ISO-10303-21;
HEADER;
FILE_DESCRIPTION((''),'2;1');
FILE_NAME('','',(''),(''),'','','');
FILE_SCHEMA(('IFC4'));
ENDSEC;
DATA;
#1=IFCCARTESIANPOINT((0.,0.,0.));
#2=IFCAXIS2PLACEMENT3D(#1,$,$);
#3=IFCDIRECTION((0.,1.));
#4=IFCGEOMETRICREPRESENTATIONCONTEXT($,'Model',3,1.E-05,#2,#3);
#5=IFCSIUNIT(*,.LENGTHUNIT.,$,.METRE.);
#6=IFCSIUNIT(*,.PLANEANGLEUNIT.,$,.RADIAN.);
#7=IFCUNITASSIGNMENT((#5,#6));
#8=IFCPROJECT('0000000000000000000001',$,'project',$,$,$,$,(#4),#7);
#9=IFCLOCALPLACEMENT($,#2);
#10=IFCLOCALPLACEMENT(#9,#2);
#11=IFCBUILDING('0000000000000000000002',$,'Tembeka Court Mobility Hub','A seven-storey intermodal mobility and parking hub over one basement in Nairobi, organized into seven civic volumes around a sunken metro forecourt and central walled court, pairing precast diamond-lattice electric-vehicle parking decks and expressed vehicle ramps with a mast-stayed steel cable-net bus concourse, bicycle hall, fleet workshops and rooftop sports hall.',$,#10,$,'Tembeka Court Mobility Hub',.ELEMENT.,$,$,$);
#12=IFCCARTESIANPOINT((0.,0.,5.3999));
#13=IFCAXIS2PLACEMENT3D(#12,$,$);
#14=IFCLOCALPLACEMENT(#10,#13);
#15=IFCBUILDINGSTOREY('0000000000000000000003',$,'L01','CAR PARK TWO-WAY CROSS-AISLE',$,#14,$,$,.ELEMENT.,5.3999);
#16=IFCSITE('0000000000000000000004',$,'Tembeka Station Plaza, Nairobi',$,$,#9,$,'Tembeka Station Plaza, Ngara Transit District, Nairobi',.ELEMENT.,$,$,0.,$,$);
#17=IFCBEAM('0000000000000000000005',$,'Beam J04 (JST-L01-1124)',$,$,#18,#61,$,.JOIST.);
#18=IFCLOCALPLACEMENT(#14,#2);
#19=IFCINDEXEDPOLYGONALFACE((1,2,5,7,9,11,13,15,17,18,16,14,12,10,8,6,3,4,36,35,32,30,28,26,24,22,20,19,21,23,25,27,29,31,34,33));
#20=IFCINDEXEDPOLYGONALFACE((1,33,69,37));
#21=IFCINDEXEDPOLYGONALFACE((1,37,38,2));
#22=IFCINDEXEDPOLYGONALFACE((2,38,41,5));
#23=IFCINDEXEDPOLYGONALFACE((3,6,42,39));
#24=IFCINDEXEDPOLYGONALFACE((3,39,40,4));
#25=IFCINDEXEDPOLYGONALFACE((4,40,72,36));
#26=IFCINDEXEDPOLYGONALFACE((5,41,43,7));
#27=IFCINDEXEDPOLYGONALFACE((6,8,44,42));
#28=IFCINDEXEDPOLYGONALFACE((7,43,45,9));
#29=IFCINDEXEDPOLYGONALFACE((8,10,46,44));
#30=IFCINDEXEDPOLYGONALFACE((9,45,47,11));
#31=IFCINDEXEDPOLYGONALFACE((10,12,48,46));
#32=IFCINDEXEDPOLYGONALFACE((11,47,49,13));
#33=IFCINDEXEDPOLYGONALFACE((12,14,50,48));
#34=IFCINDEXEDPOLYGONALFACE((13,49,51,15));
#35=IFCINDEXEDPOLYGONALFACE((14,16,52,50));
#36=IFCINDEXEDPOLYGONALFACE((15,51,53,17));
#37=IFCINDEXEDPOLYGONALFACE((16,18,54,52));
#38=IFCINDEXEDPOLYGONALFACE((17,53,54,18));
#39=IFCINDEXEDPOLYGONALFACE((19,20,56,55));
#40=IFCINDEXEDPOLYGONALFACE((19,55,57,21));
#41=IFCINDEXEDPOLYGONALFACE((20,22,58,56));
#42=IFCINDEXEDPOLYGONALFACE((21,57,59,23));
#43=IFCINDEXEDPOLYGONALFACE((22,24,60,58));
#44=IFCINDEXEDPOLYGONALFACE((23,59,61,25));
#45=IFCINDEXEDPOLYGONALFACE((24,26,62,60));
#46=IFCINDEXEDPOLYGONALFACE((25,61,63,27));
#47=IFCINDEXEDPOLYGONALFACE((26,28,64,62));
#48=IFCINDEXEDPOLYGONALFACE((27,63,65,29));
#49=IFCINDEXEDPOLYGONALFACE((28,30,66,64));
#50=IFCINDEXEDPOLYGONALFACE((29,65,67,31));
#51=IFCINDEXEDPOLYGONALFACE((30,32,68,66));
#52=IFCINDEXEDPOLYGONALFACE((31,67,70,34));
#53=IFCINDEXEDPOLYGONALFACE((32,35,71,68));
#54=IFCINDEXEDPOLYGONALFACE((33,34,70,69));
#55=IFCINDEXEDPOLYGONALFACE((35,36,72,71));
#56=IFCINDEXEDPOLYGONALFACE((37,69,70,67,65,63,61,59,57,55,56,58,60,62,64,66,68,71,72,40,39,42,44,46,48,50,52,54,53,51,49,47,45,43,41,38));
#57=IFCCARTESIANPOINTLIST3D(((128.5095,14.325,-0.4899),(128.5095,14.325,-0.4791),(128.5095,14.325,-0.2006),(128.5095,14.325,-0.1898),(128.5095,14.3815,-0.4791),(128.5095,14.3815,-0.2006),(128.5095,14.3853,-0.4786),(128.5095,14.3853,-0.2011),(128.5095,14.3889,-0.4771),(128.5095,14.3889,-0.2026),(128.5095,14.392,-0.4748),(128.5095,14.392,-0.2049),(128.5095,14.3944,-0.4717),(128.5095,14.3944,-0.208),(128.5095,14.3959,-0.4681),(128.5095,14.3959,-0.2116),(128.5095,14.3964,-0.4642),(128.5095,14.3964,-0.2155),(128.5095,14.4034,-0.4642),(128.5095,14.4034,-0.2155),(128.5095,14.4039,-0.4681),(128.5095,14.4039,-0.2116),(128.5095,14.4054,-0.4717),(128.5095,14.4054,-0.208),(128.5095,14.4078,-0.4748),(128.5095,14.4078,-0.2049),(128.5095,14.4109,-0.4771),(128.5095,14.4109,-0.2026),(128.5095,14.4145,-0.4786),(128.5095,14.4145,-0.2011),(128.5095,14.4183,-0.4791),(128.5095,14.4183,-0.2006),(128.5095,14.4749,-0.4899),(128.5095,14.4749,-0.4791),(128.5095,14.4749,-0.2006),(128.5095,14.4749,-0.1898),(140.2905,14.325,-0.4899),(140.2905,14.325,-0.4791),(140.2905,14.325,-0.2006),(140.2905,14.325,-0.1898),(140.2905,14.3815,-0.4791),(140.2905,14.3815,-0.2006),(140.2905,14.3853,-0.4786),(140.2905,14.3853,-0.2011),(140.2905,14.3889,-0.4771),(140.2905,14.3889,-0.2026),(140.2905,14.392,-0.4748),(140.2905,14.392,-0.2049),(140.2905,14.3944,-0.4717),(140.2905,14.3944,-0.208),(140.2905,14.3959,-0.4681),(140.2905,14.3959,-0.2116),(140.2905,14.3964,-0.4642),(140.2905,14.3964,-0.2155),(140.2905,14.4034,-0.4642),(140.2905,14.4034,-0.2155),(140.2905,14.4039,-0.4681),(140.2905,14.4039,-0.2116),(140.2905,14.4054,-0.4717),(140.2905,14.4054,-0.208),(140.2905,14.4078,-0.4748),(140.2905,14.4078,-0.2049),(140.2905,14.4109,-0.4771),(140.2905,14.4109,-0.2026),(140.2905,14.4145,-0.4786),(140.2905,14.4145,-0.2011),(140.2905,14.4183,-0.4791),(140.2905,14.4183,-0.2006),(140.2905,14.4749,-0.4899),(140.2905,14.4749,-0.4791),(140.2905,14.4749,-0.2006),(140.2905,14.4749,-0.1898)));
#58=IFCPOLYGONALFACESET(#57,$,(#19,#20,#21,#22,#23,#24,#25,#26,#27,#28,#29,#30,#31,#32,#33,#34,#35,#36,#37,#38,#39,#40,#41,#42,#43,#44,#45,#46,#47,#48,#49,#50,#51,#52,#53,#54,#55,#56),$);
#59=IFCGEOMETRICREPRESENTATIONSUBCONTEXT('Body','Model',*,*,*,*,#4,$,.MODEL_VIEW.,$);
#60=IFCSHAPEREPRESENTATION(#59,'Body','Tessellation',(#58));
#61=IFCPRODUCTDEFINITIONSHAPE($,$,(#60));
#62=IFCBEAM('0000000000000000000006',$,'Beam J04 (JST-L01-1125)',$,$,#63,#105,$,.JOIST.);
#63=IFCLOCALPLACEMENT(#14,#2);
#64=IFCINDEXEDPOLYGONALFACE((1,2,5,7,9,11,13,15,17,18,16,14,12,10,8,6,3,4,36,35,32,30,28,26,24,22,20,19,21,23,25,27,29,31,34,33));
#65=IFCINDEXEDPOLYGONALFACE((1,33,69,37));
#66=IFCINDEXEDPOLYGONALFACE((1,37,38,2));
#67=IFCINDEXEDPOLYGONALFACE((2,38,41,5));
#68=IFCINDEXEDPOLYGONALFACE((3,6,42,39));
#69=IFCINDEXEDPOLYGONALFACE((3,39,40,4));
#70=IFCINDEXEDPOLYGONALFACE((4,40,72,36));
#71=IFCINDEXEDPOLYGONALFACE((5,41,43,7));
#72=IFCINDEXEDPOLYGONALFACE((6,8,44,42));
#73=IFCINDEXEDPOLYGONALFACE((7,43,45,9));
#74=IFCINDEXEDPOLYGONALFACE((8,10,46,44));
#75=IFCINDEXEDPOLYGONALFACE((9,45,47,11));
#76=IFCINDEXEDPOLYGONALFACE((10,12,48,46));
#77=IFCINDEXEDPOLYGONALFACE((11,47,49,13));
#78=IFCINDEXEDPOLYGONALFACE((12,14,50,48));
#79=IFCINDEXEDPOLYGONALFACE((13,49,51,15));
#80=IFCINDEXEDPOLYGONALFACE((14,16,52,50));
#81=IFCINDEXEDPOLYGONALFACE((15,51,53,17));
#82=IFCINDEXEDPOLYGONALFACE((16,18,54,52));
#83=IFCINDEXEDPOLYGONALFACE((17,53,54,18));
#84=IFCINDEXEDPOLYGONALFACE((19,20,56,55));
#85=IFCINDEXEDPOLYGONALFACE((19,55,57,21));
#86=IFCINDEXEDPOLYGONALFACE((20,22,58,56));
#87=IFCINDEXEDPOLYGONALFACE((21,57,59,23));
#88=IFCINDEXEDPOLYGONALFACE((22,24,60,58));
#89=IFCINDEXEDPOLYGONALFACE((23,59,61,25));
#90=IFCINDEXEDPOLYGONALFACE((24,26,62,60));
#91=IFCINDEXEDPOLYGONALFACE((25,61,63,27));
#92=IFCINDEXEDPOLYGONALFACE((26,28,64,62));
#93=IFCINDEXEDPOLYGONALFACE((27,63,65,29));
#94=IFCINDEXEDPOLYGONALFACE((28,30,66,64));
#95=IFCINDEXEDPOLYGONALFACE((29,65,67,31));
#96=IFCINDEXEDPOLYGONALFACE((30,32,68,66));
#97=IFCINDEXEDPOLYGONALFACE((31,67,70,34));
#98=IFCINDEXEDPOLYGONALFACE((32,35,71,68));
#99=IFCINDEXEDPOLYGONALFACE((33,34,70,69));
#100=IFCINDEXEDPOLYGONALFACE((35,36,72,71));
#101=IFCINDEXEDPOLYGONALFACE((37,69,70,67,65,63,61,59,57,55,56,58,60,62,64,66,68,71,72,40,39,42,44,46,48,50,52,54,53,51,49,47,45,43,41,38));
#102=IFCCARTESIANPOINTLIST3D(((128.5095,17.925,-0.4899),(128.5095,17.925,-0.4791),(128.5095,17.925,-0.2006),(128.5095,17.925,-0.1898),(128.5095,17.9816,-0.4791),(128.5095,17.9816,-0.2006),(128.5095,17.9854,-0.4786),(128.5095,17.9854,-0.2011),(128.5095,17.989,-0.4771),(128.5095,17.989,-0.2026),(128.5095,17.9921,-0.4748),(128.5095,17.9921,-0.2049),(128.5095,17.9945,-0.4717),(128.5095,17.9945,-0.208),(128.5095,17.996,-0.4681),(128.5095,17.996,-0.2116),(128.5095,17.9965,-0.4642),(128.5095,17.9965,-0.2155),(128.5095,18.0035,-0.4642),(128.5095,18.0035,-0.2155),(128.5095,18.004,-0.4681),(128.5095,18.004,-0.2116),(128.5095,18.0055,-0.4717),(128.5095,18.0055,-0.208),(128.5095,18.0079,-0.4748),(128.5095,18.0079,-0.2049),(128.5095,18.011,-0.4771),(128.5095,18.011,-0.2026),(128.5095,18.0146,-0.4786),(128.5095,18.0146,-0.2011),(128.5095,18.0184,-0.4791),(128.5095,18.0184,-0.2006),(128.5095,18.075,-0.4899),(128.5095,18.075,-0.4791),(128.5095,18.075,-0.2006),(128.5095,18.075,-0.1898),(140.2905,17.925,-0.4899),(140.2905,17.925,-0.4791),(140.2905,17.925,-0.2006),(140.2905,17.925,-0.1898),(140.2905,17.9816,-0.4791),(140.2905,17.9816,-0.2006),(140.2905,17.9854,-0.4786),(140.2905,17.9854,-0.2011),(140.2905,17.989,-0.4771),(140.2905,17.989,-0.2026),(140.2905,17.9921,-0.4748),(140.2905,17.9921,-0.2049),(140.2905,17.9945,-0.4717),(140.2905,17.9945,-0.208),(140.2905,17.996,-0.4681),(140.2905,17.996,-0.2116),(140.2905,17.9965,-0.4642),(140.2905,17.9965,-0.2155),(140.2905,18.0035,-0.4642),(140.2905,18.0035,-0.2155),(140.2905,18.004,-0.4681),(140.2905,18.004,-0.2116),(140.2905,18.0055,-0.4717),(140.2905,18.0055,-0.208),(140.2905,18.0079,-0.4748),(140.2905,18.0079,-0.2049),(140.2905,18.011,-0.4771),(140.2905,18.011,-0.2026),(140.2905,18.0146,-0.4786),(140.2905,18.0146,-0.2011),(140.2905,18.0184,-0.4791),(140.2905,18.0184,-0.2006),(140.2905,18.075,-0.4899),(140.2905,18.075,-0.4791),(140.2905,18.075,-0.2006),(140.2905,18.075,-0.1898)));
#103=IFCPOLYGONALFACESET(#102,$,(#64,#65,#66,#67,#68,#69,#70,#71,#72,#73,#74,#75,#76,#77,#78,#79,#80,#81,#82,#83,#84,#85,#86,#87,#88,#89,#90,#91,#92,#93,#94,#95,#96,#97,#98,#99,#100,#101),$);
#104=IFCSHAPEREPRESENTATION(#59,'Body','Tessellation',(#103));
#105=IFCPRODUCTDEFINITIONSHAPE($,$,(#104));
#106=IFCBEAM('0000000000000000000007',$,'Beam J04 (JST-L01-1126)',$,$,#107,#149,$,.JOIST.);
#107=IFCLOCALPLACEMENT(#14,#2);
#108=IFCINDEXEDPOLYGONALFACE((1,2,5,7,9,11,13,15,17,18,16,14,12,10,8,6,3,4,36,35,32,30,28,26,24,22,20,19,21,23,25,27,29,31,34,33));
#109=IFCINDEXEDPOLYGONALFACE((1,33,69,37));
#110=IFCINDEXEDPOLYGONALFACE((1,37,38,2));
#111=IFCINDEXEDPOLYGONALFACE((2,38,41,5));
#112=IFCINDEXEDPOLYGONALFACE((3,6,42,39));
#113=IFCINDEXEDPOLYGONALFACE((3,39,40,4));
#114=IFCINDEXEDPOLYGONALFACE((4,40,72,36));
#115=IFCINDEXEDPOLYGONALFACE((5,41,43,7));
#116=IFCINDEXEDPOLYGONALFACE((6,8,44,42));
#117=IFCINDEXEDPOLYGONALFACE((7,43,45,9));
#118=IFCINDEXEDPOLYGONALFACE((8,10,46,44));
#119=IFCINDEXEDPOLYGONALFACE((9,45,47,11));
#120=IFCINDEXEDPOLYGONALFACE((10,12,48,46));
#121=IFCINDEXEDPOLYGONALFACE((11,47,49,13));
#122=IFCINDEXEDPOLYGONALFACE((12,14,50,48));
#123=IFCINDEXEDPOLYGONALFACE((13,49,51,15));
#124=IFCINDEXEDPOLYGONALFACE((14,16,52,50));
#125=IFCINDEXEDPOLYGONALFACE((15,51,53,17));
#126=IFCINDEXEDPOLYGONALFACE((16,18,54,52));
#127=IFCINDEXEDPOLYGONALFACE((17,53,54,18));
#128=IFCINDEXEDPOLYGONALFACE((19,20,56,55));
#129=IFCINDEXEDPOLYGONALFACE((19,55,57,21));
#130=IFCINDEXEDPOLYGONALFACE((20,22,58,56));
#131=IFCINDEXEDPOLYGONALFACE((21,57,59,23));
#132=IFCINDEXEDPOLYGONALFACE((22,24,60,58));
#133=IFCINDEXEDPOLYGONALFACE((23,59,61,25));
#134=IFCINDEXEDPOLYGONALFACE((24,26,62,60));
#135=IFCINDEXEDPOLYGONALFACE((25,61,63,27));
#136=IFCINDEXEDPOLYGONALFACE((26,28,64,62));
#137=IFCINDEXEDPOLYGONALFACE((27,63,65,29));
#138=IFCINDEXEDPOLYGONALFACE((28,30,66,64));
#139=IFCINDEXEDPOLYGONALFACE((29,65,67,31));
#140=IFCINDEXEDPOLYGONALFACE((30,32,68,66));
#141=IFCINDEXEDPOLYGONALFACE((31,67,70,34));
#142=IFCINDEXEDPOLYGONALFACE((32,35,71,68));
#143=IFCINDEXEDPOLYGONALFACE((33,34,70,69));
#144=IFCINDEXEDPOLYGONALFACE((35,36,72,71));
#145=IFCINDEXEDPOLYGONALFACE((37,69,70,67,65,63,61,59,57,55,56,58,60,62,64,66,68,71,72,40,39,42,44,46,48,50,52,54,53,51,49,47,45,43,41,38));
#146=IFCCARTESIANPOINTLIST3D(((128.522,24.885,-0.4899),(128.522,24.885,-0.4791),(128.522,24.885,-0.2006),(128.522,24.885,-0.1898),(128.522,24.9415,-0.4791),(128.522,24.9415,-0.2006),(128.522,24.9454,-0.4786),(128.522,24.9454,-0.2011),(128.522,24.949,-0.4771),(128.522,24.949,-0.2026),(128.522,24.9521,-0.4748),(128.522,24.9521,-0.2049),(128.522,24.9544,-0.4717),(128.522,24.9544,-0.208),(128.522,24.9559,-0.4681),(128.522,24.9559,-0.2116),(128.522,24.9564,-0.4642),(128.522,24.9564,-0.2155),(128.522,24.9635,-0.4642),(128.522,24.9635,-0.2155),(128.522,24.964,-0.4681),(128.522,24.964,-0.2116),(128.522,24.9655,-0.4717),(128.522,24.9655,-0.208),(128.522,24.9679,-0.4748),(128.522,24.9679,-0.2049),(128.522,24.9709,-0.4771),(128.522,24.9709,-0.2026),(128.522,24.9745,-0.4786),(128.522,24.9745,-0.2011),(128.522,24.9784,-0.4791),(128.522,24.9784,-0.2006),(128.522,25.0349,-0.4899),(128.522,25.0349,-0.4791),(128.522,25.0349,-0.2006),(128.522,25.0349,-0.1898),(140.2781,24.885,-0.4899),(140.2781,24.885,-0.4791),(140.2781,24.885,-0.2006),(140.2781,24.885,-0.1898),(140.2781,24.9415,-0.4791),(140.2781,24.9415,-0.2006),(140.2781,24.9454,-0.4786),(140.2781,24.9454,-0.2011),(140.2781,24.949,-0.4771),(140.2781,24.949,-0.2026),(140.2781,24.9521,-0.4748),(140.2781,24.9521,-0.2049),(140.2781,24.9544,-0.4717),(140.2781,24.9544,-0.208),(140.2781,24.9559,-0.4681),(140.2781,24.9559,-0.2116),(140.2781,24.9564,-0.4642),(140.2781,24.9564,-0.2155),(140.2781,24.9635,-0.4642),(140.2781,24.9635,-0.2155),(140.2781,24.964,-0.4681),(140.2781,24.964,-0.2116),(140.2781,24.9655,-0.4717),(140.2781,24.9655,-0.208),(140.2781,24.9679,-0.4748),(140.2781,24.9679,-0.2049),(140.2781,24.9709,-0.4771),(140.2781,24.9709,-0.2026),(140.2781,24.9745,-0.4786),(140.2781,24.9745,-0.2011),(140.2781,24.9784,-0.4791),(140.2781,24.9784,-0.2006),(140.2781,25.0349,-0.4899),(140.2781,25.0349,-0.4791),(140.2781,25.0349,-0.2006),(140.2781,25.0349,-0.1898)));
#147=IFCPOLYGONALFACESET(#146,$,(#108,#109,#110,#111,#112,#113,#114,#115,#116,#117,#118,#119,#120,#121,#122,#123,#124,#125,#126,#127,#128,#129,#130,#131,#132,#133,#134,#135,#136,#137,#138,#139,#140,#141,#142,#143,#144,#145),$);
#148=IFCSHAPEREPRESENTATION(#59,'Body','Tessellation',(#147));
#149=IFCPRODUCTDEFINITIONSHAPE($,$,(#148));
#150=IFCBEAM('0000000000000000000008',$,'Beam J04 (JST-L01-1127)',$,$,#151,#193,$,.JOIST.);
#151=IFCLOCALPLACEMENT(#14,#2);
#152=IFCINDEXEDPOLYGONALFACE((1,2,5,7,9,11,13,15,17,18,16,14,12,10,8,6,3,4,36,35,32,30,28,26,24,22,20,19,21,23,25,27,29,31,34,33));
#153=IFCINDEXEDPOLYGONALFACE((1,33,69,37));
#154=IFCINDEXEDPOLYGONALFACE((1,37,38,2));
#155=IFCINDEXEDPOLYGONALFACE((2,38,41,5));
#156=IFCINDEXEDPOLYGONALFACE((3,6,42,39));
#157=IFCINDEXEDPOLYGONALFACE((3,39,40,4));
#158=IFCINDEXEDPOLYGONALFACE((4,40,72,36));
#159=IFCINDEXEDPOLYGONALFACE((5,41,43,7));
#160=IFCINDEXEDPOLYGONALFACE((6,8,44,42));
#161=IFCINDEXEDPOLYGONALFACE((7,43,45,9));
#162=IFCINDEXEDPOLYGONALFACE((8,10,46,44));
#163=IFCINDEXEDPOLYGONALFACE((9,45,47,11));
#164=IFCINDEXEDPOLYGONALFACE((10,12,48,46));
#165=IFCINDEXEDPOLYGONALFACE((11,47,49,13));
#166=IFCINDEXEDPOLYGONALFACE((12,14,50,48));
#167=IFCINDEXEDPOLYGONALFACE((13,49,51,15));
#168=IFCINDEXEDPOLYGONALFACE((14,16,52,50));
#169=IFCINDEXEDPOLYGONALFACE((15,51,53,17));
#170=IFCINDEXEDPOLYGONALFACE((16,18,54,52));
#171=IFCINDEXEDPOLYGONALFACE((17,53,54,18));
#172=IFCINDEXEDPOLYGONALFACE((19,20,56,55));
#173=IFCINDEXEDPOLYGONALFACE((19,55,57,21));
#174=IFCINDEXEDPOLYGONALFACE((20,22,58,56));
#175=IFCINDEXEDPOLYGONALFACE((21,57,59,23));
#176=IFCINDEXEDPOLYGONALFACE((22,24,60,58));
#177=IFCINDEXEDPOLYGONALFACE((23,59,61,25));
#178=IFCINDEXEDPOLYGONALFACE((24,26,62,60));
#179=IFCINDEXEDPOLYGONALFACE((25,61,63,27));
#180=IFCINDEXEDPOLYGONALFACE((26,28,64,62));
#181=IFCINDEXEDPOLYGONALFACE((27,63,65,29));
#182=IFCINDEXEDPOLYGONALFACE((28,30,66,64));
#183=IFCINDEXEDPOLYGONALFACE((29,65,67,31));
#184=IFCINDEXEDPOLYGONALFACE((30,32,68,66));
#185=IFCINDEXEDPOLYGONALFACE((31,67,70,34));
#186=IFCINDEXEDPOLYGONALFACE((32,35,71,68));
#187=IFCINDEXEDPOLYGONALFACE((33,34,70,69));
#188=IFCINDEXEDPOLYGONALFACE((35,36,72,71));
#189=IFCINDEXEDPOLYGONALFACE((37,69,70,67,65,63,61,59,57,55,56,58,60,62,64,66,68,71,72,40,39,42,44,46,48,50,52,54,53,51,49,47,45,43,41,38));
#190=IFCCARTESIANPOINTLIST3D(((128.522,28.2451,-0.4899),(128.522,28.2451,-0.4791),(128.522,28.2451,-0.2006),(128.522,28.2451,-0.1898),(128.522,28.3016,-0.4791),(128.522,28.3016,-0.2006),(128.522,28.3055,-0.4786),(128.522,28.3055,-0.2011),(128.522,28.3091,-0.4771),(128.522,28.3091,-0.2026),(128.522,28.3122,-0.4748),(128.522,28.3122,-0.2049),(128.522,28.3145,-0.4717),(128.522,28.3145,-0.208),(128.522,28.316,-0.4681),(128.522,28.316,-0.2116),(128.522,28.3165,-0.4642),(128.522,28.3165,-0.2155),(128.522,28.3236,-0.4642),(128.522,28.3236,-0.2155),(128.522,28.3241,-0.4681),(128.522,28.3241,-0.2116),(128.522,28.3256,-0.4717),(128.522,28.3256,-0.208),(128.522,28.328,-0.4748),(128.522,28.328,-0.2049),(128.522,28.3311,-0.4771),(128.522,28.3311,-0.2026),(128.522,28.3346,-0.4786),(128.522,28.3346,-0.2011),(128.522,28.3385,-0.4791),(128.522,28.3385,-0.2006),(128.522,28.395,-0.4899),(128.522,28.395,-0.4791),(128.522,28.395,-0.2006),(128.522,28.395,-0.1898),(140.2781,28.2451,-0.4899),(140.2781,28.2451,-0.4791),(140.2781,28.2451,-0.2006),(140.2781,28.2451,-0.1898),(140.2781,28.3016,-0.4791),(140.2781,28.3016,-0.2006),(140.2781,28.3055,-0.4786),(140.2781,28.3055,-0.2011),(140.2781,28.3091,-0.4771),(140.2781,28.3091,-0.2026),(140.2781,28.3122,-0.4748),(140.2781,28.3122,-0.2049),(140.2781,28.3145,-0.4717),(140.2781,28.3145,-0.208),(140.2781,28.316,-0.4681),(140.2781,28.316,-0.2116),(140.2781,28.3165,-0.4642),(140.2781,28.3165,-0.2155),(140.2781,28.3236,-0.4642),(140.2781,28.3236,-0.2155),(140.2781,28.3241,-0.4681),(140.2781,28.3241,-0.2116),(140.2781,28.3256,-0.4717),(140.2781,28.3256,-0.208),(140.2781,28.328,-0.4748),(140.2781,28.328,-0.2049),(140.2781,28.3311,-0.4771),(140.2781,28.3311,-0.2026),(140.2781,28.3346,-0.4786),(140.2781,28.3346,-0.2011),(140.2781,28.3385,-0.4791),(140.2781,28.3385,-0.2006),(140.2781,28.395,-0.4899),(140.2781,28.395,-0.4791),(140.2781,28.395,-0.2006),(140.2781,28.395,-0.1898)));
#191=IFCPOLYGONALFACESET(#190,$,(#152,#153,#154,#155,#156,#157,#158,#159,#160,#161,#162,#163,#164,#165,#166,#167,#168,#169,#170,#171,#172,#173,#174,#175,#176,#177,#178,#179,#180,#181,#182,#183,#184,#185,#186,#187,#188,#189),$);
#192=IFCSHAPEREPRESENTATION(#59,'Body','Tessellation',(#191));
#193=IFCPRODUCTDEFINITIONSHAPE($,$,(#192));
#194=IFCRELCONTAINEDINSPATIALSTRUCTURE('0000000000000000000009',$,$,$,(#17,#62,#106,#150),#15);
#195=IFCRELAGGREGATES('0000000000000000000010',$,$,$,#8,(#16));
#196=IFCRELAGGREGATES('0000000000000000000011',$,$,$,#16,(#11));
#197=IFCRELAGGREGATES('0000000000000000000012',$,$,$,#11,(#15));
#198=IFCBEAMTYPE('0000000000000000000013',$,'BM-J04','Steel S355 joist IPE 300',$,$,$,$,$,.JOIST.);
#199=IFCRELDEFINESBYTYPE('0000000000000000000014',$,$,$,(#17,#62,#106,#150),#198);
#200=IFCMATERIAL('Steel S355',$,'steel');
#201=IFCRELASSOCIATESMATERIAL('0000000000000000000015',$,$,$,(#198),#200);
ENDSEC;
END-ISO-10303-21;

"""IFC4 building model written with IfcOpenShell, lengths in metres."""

from ifc_helpers import new_model, si_unit, direction, frame, origin, origin_2d, place, context, subcontext, project, spatial, i_section, extrude, material, material_profile, profile_set, type_object, element, save


model = new_model("IFC4")

# Units and contexts
model_context = context("Model", 3, precision=1e-05, world=origin(), true_north=direction((0.0, 1.0)))
body_context = subcontext(model_context, "Body", "Model", "MODEL_VIEW")
ifc_project = project(units=[si_unit("LENGTHUNIT", "METRE"), si_unit("PLANEANGLEUNIT", "RADIAN")], contexts=[model_context])

# Site, building, storey
site_placement = place(None, origin())
site = spatial("IfcSite", under=ifc_project, at=site_placement, Name="Tembeka Station Plaza, Nairobi", LongName="Tembeka Station Plaza, Ngara Transit District, Nairobi", CompositionType="ELEMENT", RefElevation=0.0)
building_placement = place(site_placement, origin())
building = spatial("IfcBuilding", under=site, at=building_placement, Name="Tembeka Court Mobility Hub", Description="A seven-storey intermodal mobility and parking hub over one basement in Nairobi, organized into seven civic volumes around a sunken metro forecourt and central walled court, pairing precast diamond-lattice electric-vehicle parking decks and expressed vehicle ramps with a mast-stayed steel cable-net bus concourse, bicycle hall, fleet workshops and rooftop sports hall.", LongName="Tembeka Court Mobility Hub", CompositionType="ELEMENT")
storey_placement = place(building_placement, frame((0.0, 0.0, 5.3999)))
storey = spatial("IfcBuildingStorey", under=building, at=storey_placement, Name="L01", Description="CAR PARK TWO-WAY CROSS-AISLE", CompositionType="ELEMENT", Elevation=5.3999)

# Shared definitions
ifc_material_1 = material(Name="Steel S355", Category="steel")

# Beams
ifc_material_profile_1 = material_profile(ifc_material_1, i_section(OverallWidth=0.1499, OverallDepth=0.3, WebThickness=0.0071, FlangeThickness=0.0107, FilletRadius=0.0149, at=origin_2d()), Name="IPE 300")
ifc_profile_set_1 = profile_set([ifc_material_profile_1], Name="Steel S355")
beam_type_1 = type_object("IfcBeamType", Name="BM-J04", Description="Steel S355 joist IPE 300", PredefinedType="JOIST", material=ifc_profile_set_1)
for number, where, z_axis, x_axis, name in (
    (1, (128.5095, 14.3999, -0.3398), (1.0, 0.0, 0.0), (0.0, 1.0, 0.0), "Beam J04 (JST-L01-1124)"),
    (2, (128.5095, 18.0, -0.3398), (1.0, 0.0, 0.0), (0.0, 1.0, 0.0), "Beam J04 (JST-L01-1125)"),
):
    element("IfcBeam", number, at=place(storey_placement, frame(where, z_axis=z_axis, x_axis=x_axis)), inside=storey, type_object=beam_type_1, Name=name, PredefinedType="JOIST", context=body_context, shape_type="SweptSolid", body=[
        extrude(i_section(OverallWidth=0.1499, OverallDepth=0.3, WebThickness=0.0071, FlangeThickness=0.0107, FilletRadius=0.0149, at=origin_2d()), origin(), (0.0, 0.0, 1.0), 11.781),
    ])
for number, where, z_axis, x_axis, name in (
    (3, (128.522, 24.96, -0.3398), (1.0, 0.0, 0.0), (0.0, 1.0, 0.0), "Beam J04 (JST-L01-1126)"),
    (4, (128.522, 28.3201, -0.3398), (1.0, 0.0, 0.0), (0.0, 1.0, 0.0), "Beam J04 (JST-L01-1127)"),
):
    element("IfcBeam", number, at=place(storey_placement, frame(where, z_axis=z_axis, x_axis=x_axis)), inside=storey, type_object=beam_type_1, Name=name, PredefinedType="JOIST", context=body_context, shape_type="SweptSolid", body=[
        extrude(i_section(OverallWidth=0.1499, OverallDepth=0.3, WebThickness=0.0071, FlangeThickness=0.0107, FilletRadius=0.0149, at=origin_2d()), origin(), (0.0, 0.0, 1.0), 11.7561),
    ])

save(model, "model.ifc")
